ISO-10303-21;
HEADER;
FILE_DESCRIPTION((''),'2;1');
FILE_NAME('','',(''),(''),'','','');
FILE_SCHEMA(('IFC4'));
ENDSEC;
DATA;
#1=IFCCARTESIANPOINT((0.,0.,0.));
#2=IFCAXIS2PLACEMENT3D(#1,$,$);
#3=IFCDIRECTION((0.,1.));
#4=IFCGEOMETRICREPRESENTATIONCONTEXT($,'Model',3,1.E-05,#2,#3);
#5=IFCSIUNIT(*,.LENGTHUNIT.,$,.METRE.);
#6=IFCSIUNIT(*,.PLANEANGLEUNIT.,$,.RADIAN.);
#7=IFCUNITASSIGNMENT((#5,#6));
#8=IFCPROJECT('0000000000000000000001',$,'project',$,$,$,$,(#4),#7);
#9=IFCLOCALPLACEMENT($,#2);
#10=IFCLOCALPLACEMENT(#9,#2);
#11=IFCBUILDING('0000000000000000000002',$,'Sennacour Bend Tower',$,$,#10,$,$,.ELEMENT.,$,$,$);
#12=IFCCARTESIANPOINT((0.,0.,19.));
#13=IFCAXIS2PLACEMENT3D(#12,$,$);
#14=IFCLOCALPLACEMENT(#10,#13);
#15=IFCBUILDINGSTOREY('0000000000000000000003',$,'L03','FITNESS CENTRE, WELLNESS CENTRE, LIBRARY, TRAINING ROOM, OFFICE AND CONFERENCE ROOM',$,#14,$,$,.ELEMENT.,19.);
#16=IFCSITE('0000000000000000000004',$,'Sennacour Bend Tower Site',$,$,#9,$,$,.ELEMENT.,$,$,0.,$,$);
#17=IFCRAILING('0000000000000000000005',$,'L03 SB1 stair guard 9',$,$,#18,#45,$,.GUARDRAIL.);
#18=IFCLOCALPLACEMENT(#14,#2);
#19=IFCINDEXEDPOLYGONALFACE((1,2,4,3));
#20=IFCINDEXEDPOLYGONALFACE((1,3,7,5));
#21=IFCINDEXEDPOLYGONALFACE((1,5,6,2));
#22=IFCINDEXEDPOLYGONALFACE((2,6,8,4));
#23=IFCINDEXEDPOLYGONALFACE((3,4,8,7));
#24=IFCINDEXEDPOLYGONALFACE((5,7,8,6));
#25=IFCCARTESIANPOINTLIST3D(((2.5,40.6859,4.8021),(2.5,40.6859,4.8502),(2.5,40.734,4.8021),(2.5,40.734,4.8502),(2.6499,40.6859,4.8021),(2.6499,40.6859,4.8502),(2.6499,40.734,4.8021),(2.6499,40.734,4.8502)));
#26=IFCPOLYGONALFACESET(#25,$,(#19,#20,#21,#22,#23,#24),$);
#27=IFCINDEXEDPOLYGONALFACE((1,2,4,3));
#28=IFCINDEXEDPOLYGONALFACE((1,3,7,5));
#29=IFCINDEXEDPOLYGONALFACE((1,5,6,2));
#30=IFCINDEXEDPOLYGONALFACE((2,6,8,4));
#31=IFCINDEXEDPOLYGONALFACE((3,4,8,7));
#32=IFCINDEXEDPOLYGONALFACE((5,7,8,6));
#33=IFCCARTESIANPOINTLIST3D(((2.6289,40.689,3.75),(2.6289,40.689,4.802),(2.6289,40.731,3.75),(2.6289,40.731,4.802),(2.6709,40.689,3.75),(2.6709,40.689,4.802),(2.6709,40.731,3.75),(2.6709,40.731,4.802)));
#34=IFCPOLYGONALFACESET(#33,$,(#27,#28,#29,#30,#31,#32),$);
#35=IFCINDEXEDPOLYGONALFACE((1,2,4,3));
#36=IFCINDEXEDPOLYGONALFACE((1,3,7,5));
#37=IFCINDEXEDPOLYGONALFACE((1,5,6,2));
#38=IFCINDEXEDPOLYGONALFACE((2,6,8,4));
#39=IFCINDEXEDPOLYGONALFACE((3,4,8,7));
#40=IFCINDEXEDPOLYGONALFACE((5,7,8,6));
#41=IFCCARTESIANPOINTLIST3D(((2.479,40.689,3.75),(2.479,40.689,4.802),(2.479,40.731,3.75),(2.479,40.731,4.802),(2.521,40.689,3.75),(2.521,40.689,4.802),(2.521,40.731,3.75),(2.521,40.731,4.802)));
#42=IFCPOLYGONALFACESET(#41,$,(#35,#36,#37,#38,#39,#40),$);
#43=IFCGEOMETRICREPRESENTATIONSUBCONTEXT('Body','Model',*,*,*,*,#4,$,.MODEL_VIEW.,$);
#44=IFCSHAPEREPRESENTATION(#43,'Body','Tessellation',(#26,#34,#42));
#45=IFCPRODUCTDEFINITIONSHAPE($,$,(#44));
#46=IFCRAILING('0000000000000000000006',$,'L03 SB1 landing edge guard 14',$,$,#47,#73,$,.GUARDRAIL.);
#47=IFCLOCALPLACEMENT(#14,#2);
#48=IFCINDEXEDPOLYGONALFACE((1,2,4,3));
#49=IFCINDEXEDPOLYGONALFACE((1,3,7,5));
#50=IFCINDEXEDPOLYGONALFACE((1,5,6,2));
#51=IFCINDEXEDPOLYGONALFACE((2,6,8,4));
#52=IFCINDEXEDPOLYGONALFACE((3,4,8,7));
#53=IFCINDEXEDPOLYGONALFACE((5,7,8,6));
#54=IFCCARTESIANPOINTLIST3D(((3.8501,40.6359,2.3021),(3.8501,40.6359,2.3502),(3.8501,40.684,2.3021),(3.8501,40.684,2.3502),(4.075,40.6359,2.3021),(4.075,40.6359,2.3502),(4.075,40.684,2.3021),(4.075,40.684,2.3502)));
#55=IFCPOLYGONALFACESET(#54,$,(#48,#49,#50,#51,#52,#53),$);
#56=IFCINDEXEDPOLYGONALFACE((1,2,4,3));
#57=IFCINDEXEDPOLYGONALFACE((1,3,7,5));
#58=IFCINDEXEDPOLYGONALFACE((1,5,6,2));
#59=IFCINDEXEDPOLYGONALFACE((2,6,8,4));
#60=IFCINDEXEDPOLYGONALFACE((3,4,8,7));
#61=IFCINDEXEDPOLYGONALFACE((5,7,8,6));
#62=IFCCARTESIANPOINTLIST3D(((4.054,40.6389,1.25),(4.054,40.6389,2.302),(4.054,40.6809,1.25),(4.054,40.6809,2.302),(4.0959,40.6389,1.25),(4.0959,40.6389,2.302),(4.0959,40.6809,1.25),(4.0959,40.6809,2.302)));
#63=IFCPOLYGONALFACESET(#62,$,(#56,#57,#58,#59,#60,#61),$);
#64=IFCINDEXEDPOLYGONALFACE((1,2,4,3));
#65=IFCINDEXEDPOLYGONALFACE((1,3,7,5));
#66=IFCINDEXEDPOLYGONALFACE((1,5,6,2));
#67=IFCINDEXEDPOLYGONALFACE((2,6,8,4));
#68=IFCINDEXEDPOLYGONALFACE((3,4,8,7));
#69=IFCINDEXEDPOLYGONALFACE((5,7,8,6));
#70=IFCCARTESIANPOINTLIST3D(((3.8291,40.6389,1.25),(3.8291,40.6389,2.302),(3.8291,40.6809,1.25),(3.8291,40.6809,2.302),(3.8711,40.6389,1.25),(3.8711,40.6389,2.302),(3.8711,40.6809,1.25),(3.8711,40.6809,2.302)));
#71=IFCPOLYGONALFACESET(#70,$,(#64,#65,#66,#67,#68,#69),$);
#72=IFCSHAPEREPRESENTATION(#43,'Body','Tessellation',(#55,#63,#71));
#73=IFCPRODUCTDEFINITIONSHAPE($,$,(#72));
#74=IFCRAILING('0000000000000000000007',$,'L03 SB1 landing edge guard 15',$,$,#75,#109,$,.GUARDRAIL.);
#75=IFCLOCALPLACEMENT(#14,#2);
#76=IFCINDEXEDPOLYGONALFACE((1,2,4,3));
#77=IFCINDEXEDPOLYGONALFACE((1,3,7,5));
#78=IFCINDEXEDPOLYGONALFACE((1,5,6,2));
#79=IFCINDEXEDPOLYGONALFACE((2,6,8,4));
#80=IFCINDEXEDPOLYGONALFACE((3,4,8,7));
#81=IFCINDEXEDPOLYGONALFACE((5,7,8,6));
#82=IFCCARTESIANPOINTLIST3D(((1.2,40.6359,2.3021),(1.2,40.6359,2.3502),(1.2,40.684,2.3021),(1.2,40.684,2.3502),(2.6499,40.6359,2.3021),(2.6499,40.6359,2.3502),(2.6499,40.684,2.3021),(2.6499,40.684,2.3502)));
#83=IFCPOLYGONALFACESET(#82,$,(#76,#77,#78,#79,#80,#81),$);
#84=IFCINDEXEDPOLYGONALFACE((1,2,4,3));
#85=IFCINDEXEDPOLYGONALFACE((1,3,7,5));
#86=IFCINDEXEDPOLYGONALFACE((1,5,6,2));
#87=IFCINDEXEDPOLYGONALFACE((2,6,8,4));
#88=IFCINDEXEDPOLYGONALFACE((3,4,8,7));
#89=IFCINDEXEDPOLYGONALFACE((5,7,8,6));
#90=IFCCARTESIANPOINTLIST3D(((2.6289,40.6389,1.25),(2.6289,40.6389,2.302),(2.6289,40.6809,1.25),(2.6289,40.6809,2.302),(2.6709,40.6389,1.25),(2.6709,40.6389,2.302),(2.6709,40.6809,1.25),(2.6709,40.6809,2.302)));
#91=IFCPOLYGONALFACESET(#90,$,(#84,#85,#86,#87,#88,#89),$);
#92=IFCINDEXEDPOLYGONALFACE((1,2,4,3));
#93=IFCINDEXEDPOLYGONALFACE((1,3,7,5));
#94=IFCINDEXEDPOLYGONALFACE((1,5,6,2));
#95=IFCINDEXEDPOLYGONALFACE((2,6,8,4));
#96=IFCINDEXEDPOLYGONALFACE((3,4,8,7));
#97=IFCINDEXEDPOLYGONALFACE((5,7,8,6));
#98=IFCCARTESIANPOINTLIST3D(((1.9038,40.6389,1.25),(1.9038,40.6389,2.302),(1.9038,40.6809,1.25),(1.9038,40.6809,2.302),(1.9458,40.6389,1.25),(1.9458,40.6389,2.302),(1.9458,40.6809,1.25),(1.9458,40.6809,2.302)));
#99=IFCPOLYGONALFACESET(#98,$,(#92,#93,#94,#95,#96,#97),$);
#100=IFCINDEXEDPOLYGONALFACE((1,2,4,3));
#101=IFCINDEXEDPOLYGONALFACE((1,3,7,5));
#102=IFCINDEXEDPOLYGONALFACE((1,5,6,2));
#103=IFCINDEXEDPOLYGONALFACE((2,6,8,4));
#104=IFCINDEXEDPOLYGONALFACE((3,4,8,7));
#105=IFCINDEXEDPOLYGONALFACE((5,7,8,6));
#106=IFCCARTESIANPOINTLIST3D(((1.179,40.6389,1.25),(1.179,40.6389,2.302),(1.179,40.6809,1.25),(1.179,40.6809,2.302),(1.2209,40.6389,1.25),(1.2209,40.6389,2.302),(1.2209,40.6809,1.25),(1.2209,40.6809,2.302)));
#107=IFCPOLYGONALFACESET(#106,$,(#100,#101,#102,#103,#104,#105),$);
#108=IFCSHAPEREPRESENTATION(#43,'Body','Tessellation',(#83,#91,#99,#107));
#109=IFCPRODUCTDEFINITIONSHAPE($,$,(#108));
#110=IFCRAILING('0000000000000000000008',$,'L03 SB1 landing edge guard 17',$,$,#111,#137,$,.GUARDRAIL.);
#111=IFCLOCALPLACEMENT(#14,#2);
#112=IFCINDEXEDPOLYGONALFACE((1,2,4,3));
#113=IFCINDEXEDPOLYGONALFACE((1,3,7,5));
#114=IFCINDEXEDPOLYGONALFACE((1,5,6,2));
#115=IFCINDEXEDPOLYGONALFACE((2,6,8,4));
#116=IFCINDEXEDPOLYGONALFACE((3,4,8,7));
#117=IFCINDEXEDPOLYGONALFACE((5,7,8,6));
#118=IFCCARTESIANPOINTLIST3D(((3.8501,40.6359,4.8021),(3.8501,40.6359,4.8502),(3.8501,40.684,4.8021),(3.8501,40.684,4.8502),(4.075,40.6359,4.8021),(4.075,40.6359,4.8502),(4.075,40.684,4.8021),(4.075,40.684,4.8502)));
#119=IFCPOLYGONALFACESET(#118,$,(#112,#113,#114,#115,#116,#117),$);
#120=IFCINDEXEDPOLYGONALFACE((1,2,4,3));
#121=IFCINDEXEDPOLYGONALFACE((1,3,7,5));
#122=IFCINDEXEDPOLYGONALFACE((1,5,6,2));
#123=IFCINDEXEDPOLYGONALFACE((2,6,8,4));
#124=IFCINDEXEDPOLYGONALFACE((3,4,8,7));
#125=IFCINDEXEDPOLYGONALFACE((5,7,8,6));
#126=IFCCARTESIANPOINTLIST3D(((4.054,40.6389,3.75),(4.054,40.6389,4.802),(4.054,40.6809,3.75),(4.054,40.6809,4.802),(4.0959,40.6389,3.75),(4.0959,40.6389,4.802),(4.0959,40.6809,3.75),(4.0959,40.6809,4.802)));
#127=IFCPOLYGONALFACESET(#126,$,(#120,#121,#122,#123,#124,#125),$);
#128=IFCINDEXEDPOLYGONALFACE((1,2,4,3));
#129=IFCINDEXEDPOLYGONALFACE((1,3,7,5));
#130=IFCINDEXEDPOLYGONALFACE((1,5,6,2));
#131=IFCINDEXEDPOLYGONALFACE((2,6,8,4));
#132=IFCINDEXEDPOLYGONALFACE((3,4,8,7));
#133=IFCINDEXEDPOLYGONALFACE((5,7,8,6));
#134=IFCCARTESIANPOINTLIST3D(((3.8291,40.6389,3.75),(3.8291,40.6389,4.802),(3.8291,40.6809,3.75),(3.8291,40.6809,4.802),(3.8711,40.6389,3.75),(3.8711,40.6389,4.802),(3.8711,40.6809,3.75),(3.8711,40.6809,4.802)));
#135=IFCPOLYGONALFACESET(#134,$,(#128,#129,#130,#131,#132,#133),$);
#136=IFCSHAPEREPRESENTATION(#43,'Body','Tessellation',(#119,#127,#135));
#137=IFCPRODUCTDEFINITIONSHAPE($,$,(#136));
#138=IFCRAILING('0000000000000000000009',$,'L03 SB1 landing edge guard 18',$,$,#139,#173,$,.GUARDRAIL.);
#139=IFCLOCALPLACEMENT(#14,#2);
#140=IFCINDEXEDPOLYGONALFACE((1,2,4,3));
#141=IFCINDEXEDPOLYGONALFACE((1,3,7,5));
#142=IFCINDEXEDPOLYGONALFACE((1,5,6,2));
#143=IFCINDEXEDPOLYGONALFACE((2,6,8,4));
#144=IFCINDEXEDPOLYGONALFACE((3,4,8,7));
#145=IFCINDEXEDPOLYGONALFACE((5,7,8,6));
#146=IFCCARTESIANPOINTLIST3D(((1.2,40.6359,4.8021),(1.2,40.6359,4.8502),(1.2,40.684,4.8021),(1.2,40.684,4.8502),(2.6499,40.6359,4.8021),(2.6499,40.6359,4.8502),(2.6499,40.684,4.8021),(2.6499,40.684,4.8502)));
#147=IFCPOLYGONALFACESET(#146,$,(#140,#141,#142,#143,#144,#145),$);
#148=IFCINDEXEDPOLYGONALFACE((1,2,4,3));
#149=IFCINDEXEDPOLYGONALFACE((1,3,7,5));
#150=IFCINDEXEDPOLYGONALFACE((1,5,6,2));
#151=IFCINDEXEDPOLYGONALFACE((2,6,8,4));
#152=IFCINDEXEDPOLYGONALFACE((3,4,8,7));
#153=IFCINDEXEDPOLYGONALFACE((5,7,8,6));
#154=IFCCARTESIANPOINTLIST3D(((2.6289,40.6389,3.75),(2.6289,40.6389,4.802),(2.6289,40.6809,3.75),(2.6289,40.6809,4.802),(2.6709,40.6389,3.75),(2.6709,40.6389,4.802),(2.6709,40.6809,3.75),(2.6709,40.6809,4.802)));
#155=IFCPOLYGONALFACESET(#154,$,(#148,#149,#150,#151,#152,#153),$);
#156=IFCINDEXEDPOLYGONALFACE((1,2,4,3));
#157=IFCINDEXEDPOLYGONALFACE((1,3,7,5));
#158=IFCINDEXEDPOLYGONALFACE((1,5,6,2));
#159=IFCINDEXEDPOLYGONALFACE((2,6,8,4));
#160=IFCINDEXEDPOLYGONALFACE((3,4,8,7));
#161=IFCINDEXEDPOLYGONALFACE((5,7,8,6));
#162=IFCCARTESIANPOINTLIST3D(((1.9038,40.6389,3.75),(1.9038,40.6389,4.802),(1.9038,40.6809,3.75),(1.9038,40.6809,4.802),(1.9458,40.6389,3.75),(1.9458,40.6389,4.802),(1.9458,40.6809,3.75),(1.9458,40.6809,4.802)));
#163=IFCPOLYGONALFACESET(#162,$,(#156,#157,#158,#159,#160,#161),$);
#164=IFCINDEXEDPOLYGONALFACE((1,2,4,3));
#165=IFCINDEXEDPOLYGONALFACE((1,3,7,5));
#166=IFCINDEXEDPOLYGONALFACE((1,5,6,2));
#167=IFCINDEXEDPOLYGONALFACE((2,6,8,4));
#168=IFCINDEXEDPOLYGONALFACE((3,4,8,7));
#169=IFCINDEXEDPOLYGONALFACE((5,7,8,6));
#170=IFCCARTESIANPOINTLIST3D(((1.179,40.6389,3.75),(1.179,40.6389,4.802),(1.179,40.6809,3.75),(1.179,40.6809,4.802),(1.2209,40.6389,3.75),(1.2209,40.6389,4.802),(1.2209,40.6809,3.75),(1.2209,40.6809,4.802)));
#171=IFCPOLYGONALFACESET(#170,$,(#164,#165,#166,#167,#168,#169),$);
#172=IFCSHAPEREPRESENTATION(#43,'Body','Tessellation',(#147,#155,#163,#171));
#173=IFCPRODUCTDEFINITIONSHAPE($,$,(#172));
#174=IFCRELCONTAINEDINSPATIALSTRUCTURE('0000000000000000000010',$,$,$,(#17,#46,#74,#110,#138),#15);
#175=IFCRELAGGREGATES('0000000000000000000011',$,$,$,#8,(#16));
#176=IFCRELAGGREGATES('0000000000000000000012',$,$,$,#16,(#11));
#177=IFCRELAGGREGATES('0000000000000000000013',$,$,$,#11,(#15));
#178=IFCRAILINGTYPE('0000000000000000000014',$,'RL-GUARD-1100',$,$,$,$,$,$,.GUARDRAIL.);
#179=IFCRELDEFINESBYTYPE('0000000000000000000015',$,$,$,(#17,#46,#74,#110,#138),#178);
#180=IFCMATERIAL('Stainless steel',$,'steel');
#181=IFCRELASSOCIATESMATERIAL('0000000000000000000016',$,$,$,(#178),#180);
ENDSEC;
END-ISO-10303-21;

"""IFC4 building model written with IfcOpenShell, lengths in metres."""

from ifc_helpers import new_model, si_unit, direction, frame, origin, origin_2d, place, context, subcontext, project, spatial, rectangle, extrude, material, type_object, element, save


model = new_model("IFC4")

# Units and contexts
model_context = context("Model", 3, precision=1e-05, world=origin(), true_north=direction((0.0, 1.0)))
body_context = subcontext(model_context, "Body", "Model", "MODEL_VIEW")
ifc_project = project(units=[si_unit("LENGTHUNIT", "METRE"), si_unit("PLANEANGLEUNIT", "RADIAN")], contexts=[model_context])

# Site, building, storey
site_placement = place(None, origin())
site = spatial("IfcSite", under=ifc_project, at=site_placement, Name="Sennacour Bend Tower Site", CompositionType="ELEMENT", RefElevation=0.0)
building_placement = place(site_placement, origin())
building = spatial("IfcBuilding", under=site, at=building_placement, Name="Sennacour Bend Tower", CompositionType="ELEMENT")
storey_placement = place(building_placement, frame((0.0, 0.0, 19.0)))
storey = spatial("IfcBuildingStorey", under=building, at=storey_placement, Name="L03", Description="FITNESS CENTRE, WELLNESS CENTRE, LIBRARY, TRAINING ROOM, OFFICE AND CONFERENCE ROOM", CompositionType="ELEMENT", Elevation=19.0)

# Railings
ifc_material_1 = material(Name="Stainless steel", Category="steel")
railing_type = type_object("IfcRailingType", Name="RL-GUARD-1100", PredefinedType="GUARDRAIL", material=ifc_material_1)
for number, where, name in (
    (1, (2.6499, 40.71, 3.75), "L03 SB1 stair guard 9"),
):
    element("IfcRailing", number, at=place(storey_placement, frame(where)), inside=storey, type_object=railing_type, Name=name, PredefinedType="GUARDRAIL", context=body_context, shape_type="SweptSolid", body=[
        extrude(rectangle(XDim=0.0481, YDim=0.0481, at=origin_2d()), frame((0.0, 0.0, 1.0762), z_axis=(-1.0, 0.0, 0.0), x_axis=(0.0, -1.0, 0.0)), (0.0, 0.0, 1.0), 0.1499),
        extrude(rectangle(XDim=0.042, YDim=0.042, at=origin_2d()), origin(), (0.0, 0.0, 1.0), 1.052),
        extrude(rectangle(XDim=0.042, YDim=0.042, at=origin_2d()), frame((-0.1499, 0.0, 0.0)), (0.0, 0.0, 1.0), 1.052),
    ])
railing_1_placement = place(storey_placement, frame((4.075, 40.6599, 1.25)))
element("IfcRailing", 2, at=railing_1_placement, inside=storey, type_object=railing_type, Name="L03 SB1 landing edge guard 14", PredefinedType="GUARDRAIL", context=body_context, shape_type="SweptSolid", body=[
    extrude(rectangle(XDim=0.0481, YDim=0.0481, at=origin_2d()), frame((0.0, 0.0, 1.0762), z_axis=(-1.0, 0.0, 0.0), x_axis=(0.0, -1.0, 0.0)), (0.0, 0.0, 1.0), 0.2249),
    extrude(rectangle(XDim=0.042, YDim=0.042, at=origin_2d()), origin(), (0.0, 0.0, 1.0), 1.052),
    extrude(rectangle(XDim=0.042, YDim=0.042, at=origin_2d()), frame((-0.2249, 0.0, 0.0)), (0.0, 0.0, 1.0), 1.052),
])
railing_2_placement = place(storey_placement, frame((2.6499, 40.6599, 1.25)))
element("IfcRailing", 3, at=railing_2_placement, inside=storey, type_object=railing_type, Name="L03 SB1 landing edge guard 15", PredefinedType="GUARDRAIL", context=body_context, shape_type="SweptSolid", body=[
    extrude(rectangle(XDim=0.0481, YDim=0.0481, at=origin_2d()), frame((0.0, 0.0, 1.0762), z_axis=(-1.0, 0.0, 0.0), x_axis=(0.0, -1.0, 0.0)), (0.0, 0.0, 1.0), 1.45),
    extrude(rectangle(XDim=0.042, YDim=0.042, at=origin_2d()), origin(), (0.0, 0.0, 1.0), 1.052),
    extrude(rectangle(XDim=0.042, YDim=0.042, at=origin_2d()), frame((-0.7251, 0.0, 0.0)), (0.0, 0.0, 1.0), 1.052),
    extrude(rectangle(XDim=0.042, YDim=0.042, at=origin_2d()), frame((-1.45, 0.0, 0.0)), (0.0, 0.0, 1.0), 1.052),
])
railing_3_placement = place(storey_placement, frame((4.075, 40.6599, 3.75)))
element("IfcRailing", 4, at=railing_3_placement, inside=storey, type_object=railing_type, Name="L03 SB1 landing edge guard 17", PredefinedType="GUARDRAIL", context=body_context, shape_type="SweptSolid", body=[
    extrude(rectangle(XDim=0.0481, YDim=0.0481, at=origin_2d()), frame((0.0, 0.0, 1.0762), z_axis=(-1.0, 0.0, 0.0), x_axis=(0.0, -1.0, 0.0)), (0.0, 0.0, 1.0), 0.2249),
    extrude(rectangle(XDim=0.042, YDim=0.042, at=origin_2d()), origin(), (0.0, 0.0, 1.0), 1.052),
    extrude(rectangle(XDim=0.042, YDim=0.042, at=origin_2d()), frame((-0.2249, 0.0, 0.0)), (0.0, 0.0, 1.0), 1.052),
])
railing_4_placement = place(storey_placement, frame((2.6499, 40.6599, 3.75)))
element("IfcRailing", 5, at=railing_4_placement, inside=storey, type_object=railing_type, Name="L03 SB1 landing edge guard 18", PredefinedType="GUARDRAIL", context=body_context, shape_type="SweptSolid", body=[
    extrude(rectangle(XDim=0.0481, YDim=0.0481, at=origin_2d()), frame((0.0, 0.0, 1.0762), z_axis=(-1.0, 0.0, 0.0), x_axis=(0.0, -1.0, 0.0)), (0.0, 0.0, 1.0), 1.45),
    extrude(rectangle(XDim=0.042, YDim=0.042, at=origin_2d()), origin(), (0.0, 0.0, 1.0), 1.052),
    extrude(rectangle(XDim=0.042, YDim=0.042, at=origin_2d()), frame((-0.7251, 0.0, 0.0)), (0.0, 0.0, 1.0), 1.052),
    extrude(rectangle(XDim=0.042, YDim=0.042, at=origin_2d()), frame((-1.45, 0.0, 0.0)), (0.0, 0.0, 1.0), 1.052),
])

save(model, "model.ifc")
